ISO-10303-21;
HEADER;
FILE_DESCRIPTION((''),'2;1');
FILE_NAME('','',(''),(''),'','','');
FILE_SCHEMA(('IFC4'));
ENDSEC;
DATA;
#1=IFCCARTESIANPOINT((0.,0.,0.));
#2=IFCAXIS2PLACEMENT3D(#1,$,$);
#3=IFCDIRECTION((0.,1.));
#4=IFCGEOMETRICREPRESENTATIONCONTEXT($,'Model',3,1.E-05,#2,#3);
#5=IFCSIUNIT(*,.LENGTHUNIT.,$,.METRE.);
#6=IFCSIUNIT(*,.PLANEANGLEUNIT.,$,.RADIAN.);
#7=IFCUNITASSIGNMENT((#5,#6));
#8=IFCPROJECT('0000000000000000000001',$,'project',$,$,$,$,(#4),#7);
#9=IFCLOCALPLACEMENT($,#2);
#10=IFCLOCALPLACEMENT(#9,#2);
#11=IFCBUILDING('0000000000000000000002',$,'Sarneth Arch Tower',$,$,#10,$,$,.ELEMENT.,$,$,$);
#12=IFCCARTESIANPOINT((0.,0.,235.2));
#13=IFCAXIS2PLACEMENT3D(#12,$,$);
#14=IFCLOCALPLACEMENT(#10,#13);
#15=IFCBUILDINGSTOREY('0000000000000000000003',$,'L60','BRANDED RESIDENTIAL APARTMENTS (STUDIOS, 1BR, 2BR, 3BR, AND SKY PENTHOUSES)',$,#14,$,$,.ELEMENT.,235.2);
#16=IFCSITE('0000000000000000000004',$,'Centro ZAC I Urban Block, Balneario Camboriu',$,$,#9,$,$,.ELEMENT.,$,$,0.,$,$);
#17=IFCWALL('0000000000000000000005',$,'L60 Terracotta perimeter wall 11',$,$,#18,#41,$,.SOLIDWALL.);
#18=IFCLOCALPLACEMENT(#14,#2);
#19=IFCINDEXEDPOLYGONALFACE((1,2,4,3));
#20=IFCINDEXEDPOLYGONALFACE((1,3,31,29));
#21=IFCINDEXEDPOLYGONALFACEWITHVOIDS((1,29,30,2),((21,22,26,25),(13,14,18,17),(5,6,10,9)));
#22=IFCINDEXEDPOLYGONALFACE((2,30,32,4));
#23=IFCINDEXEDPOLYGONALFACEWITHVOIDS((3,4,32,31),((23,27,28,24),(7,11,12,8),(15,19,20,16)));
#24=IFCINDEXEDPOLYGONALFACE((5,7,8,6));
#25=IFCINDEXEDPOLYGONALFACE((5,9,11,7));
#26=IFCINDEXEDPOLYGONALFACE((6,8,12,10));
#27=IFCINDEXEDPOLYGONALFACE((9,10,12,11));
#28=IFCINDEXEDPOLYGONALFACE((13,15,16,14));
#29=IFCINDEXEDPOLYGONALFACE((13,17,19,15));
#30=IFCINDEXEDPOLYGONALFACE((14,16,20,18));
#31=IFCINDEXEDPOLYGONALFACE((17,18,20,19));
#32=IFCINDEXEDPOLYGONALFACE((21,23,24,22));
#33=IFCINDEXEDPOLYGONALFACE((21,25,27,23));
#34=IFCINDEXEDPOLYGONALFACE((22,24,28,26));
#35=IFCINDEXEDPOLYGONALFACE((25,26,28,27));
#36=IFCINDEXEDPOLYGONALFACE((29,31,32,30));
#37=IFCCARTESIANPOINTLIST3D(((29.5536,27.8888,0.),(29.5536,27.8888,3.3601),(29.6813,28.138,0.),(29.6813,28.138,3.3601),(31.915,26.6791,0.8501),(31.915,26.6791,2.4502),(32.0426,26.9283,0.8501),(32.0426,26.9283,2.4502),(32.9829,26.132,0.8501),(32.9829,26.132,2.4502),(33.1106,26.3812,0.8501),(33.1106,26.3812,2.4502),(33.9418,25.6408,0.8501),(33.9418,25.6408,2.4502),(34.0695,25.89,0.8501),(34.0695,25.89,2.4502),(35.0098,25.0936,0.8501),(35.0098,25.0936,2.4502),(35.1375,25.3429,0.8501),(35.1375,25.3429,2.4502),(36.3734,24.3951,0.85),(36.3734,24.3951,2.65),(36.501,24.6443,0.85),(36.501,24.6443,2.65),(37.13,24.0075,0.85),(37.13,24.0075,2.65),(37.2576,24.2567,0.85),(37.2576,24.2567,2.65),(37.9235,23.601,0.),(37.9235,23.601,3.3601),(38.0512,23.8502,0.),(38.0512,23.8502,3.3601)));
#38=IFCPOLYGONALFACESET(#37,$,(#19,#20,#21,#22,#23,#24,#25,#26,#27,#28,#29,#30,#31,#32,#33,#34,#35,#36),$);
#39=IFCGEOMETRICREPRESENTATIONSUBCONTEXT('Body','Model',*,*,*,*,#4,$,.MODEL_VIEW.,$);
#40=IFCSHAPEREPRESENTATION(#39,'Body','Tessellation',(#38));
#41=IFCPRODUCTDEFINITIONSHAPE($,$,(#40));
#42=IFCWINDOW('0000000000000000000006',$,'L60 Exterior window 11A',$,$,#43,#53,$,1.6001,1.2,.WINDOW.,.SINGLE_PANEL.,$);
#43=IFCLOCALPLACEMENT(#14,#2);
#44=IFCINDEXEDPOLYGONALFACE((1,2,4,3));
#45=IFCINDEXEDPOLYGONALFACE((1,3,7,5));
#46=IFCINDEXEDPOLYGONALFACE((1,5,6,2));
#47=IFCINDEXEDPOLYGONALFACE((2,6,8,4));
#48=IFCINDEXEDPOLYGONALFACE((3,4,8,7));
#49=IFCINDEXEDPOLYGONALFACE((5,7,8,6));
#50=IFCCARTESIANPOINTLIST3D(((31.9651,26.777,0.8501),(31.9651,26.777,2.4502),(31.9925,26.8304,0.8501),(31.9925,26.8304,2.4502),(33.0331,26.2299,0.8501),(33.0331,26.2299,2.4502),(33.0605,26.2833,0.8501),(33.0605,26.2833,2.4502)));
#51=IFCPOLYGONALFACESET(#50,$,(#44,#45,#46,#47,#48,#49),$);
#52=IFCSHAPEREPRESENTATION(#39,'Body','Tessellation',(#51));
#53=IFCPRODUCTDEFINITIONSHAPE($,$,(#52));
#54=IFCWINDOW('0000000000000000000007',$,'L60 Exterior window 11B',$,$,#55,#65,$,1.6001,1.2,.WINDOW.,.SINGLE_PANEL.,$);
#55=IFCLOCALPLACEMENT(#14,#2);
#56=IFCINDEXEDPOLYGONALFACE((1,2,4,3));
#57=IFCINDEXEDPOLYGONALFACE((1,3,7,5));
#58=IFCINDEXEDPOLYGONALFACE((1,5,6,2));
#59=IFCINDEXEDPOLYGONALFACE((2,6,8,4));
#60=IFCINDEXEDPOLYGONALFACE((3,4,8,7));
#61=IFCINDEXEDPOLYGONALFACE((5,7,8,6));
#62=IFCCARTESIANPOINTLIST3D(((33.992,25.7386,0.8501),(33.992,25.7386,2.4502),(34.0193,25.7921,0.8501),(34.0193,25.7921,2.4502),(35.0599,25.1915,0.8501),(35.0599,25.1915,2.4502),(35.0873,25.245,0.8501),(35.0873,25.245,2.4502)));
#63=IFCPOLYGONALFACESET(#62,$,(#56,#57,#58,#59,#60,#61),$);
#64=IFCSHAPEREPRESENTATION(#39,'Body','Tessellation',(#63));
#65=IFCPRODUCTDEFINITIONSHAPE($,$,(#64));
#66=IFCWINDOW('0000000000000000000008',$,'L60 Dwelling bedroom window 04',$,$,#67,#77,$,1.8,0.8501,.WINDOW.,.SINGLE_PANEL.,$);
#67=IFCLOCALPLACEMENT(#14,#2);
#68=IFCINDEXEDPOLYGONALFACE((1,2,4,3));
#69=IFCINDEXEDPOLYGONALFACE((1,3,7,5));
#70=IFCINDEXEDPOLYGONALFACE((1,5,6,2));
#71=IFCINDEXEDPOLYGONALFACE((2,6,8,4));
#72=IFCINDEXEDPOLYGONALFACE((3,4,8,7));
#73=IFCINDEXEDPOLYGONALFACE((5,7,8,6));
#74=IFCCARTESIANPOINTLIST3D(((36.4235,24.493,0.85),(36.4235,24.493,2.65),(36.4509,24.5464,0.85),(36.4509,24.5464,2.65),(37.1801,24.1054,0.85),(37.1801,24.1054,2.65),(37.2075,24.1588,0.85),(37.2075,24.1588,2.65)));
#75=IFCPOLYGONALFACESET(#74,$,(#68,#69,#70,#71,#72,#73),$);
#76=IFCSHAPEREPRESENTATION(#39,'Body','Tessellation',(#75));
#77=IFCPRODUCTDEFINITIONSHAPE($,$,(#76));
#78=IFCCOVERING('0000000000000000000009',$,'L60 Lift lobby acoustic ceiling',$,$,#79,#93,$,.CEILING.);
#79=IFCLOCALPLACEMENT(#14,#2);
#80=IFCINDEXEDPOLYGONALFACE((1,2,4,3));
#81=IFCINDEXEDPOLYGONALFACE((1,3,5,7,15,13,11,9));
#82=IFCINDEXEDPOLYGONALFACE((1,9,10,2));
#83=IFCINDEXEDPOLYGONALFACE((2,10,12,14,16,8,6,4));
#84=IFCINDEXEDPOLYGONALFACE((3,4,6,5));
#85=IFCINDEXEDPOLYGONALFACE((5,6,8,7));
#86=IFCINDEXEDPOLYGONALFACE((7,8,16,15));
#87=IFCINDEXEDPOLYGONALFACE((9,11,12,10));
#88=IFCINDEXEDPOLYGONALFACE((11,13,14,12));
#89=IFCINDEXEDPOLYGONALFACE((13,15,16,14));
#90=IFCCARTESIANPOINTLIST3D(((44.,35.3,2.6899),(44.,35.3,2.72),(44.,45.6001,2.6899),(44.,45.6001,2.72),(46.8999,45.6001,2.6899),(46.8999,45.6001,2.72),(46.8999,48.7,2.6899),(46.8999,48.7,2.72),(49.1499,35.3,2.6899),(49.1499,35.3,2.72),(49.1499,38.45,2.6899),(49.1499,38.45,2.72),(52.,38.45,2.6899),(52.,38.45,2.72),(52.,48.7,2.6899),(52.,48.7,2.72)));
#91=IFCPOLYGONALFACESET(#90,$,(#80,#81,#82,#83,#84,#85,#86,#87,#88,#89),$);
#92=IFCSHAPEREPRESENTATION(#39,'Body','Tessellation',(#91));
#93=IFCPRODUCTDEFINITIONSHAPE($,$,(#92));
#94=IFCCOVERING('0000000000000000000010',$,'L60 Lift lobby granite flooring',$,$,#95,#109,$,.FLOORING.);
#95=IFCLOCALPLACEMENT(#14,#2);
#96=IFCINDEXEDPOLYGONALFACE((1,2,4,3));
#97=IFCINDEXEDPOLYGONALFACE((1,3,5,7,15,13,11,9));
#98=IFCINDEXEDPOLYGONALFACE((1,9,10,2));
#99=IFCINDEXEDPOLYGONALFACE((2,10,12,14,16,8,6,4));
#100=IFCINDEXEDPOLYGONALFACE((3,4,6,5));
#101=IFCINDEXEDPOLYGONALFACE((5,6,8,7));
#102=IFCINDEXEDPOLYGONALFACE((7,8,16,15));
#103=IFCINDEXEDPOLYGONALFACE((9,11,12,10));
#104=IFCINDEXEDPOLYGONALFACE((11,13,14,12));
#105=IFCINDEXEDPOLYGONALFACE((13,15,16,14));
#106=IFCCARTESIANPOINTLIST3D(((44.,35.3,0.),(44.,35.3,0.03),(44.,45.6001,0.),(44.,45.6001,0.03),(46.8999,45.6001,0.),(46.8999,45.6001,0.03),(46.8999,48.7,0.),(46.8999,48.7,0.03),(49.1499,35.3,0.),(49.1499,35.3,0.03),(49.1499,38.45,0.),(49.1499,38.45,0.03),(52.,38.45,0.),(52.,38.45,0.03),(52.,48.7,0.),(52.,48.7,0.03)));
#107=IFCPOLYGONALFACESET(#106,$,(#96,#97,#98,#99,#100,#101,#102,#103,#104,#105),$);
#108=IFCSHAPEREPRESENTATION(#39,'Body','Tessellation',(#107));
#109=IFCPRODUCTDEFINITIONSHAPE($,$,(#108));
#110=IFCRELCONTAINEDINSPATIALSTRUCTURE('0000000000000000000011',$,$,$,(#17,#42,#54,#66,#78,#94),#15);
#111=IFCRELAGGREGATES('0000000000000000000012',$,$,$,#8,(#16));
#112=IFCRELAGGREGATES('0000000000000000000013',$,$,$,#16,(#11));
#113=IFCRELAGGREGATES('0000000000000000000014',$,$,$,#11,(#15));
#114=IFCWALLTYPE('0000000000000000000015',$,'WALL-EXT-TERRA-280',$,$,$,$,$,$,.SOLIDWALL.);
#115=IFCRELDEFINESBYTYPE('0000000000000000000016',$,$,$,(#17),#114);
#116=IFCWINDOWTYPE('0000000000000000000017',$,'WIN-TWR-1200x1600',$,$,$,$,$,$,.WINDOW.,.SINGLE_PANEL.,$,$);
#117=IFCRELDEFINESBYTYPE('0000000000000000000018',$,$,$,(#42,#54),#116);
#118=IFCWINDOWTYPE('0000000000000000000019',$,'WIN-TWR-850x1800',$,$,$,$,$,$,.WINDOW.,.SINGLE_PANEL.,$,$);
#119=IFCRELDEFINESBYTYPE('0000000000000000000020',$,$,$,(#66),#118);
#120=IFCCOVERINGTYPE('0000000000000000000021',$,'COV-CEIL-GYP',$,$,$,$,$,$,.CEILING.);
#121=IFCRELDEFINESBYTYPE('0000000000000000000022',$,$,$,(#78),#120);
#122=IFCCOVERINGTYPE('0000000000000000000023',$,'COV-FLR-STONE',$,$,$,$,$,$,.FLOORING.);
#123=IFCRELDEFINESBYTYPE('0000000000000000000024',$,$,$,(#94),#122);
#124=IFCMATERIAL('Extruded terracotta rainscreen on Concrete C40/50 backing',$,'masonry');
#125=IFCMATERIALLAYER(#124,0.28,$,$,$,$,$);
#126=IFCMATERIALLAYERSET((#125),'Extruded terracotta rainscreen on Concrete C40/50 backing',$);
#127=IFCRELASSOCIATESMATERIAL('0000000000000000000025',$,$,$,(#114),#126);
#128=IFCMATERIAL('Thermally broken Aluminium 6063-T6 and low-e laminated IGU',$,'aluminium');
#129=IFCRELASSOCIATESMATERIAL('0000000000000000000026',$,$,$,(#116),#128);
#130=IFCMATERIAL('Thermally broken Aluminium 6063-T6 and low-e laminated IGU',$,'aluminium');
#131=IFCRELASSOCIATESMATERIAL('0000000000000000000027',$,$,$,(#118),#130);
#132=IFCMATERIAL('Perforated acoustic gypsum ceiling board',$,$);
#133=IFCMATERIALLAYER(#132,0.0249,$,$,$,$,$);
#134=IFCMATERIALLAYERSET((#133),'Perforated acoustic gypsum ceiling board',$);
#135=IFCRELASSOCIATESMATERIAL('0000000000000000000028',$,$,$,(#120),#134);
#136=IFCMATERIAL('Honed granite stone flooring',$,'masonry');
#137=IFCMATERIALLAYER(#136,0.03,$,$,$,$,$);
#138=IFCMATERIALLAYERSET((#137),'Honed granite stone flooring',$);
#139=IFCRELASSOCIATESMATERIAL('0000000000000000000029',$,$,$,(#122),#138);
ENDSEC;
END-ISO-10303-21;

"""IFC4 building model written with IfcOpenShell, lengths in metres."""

from ifc_helpers import new_model, si_unit, direction, frame, frame_2d, origin, place, context, subcontext, project, spatial, polyline, rectangle, outline, extrude, material, layer, layer_set, type_object, element, fill, save


model = new_model("IFC4")

# Units and contexts
model_context = context("Model", 3, precision=1e-05, world=origin(), true_north=direction((0.0, 1.0)))
body_context = subcontext(model_context, "Body", "Model", "MODEL_VIEW")
ifc_project = project(units=[si_unit("LENGTHUNIT", "METRE"), si_unit("PLANEANGLEUNIT", "RADIAN")], contexts=[model_context])

# Site, building, storey
site_placement = place(None, origin())
site = spatial("IfcSite", under=ifc_project, at=site_placement, Name="Centro ZAC I Urban Block, Balneario Camboriu", CompositionType="ELEMENT", RefElevation=0.0)
building_placement = place(site_placement, origin())
building = spatial("IfcBuilding", under=site, at=building_placement, Name="Sarneth Arch Tower", CompositionType="ELEMENT")
storey_placement = place(building_placement, frame((0.0, 0.0, 235.2)))
storey = spatial("IfcBuildingStorey", under=building, at=storey_placement, Name="L60", Description="BRANDED RESIDENTIAL APARTMENTS (STUDIOS, 1BR, 2BR, 3BR, AND SKY PENTHOUSES)", CompositionType="ELEMENT", Elevation=235.2)

# Wall, openings, windows
ifc_material_1 = material(Name="Extruded terracotta rainscreen on Concrete C40/50 backing", Category="masonry")
ifc_layer_1 = layer(ifc_material_1, 0.28)
ifc_layer_set_1 = layer_set([ifc_layer_1], Name="Extruded terracotta rainscreen on Concrete C40/50 backing")
wall_type = type_object("IfcWallType", Name="WALL-EXT-TERRA-280", PredefinedType="SOLIDWALL", material=ifc_layer_set_1)
wall_placement = place(storey_placement, frame((29.6174, 28.0134, 0.0), z_axis=(0.0, 0.0, 1.0), x_axis=(0.890007, -0.455946, 0.0)))
wall = element("IfcWall", 1, at=wall_placement, inside=storey, type_object=wall_type, Name="L60 Terracotta perimeter wall 11", PredefinedType="SOLIDWALL", context=body_context, shape_type="SweptSolid", body=[
    extrude(rectangle(XDim=9.4043, YDim=0.28, at=frame_2d((4.7021, 0.0))), origin(), (0.0, 0.0, 1.0), 3.3601),
])
opening_1_placement = place(wall_placement, frame((2.6531, 0.0, 0.8501)))
opening_1 = element("IfcOpeningElement", 2, at=opening_1_placement, cuts=wall, PredefinedType="OPENING", context=body_context, shape_type="SweptSolid", body=[
    extrude(rectangle(XDim=1.2, YDim=1.6001, at=frame_2d((0.6001, 0.8))), frame((0.0, 0.1499, 0.0), z_axis=(0.0, -1.0, 0.0), x_axis=(1.0, 0.0, 0.0)), (0.0, 0.0, 1.0), 0.3),
])
opening_2_placement = place(wall_placement, frame((4.9304, 0.0, 0.8501)))
opening_2 = element("IfcOpeningElement", 3, at=opening_2_placement, cuts=wall, PredefinedType="OPENING", context=body_context, shape_type="SweptSolid", body=[
    extrude(rectangle(XDim=1.2, YDim=1.6001, at=frame_2d((0.6001, 0.8))), frame((0.0, 0.1499, 0.0), z_axis=(0.0, -1.0, 0.0), x_axis=(1.0, 0.0, 0.0)), (0.0, 0.0, 1.0), 0.3),
])
opening_3_placement = place(wall_placement, frame((7.6626, 0.0, 0.8501)))
opening_3 = element("IfcOpeningElement", 4, at=opening_3_placement, cuts=wall, PredefinedType="OPENING", context=body_context, shape_type="SweptSolid", body=[
    extrude(rectangle(XDim=0.8501, YDim=1.8, at=frame_2d((0.425, 0.8999))), frame((0.0, 0.1499, 0.0), z_axis=(0.0, -1.0, 0.0), x_axis=(1.0, 0.0, 0.0)), (0.0, 0.0, 1.0), 0.3),
])
ifc_material_2 = material(Name="Thermally broken Aluminium 6063-T6 and low-e laminated IGU", Category="aluminium")
window_type_1 = type_object("IfcWindowType", Name="WIN-TWR-1200x1600", PartitioningType="SINGLE_PANEL", PredefinedType="WINDOW", material=ifc_material_2)
window_1_placement = place(opening_1_placement, origin())
window_1 = element("IfcWindow", 5, at=window_1_placement, inside=storey, type_object=window_type_1, Name="L60 Exterior window 11A", OverallHeight=1.6001, OverallWidth=1.2, PartitioningType="SINGLE_PANEL", PredefinedType="WINDOW", context=body_context, shape_type="SweptSolid", body=[
    extrude(rectangle(XDim=1.2, YDim=1.6001, at=frame_2d((0.6001, 0.8))), frame((0.0, 0.03, 0.0), z_axis=(0.0, -1.0, 0.0), x_axis=(1.0, 0.0, 0.0)), (0.0, 0.0, 1.0), 0.0601),
])
fill(opening_1, window_1)
window_2_placement = place(opening_2_placement, origin())
window_2 = element("IfcWindow", 6, at=window_2_placement, inside=storey, type_object=window_type_1, Name="L60 Exterior window 11B", OverallHeight=1.6001, OverallWidth=1.2, PartitioningType="SINGLE_PANEL", PredefinedType="WINDOW", context=body_context, shape_type="SweptSolid", body=[
    extrude(rectangle(XDim=1.2, YDim=1.6001, at=frame_2d((0.6001, 0.8))), frame((0.0, 0.03, 0.0), z_axis=(0.0, -1.0, 0.0), x_axis=(1.0, 0.0, 0.0)), (0.0, 0.0, 1.0), 0.0601),
])
fill(opening_2, window_2)
ifc_material_3 = material(Name="Thermally broken Aluminium 6063-T6 and low-e laminated IGU", Category="aluminium")
window_type_2 = type_object("IfcWindowType", Name="WIN-TWR-850x1800", PartitioningType="SINGLE_PANEL", PredefinedType="WINDOW", material=ifc_material_3)
window_3_placement = place(opening_3_placement, origin())
window_3 = element("IfcWindow", 7, at=window_3_placement, inside=storey, type_object=window_type_2, Name="L60 Dwelling bedroom window 04", OverallHeight=1.8, OverallWidth=0.8501, PartitioningType="SINGLE_PANEL", PredefinedType="WINDOW", context=body_context, shape_type="SweptSolid", body=[
    extrude(rectangle(XDim=0.8501, YDim=1.8, at=frame_2d((0.425, 0.8999))), frame((0.0, 0.03, 0.0), z_axis=(0.0, -1.0, 0.0), x_axis=(1.0, 0.0, 0.0)), (0.0, 0.0, 1.0), 0.0601),
])
fill(opening_3, window_3)

# Coverings
ifc_material_4 = material(Name="Perforated acoustic gypsum ceiling board")
ifc_layer_2 = layer(ifc_material_4, 0.0249)
ifc_layer_set_2 = layer_set([ifc_layer_2], Name="Perforated acoustic gypsum ceiling board")
covering_type_1 = type_object("IfcCoveringType", Name="COV-CEIL-GYP", PredefinedType="CEILING", material=ifc_layer_set_2)
covering_1_placement = place(storey_placement, frame((0.0, 0.0, 2.6899)))
element("IfcCovering", 8, at=covering_1_placement, inside=storey, type_object=covering_type_1, Name="L60 Lift lobby acoustic ceiling", PredefinedType="CEILING", context=body_context, shape_type="SweptSolid", body=[
    extrude(outline(polyline([(49.1499, 38.45), (49.1499, 35.3), (44.0, 35.3), (44.0, 45.6001), (46.8999, 45.6001), (46.8999, 48.7), (52.0, 48.7), (52.0, 38.45), (49.1499, 38.45)])), origin(), (0.0, 0.0, 1.0), 0.03),
])
ifc_material_5 = material(Name="Honed granite stone flooring", Category="masonry")
ifc_layer_3 = layer(ifc_material_5, 0.03)
ifc_layer_set_3 = layer_set([ifc_layer_3], Name="Honed granite stone flooring")
covering_type_2 = type_object("IfcCoveringType", Name="COV-FLR-STONE", PredefinedType="FLOORING", material=ifc_layer_set_3)
covering_2_placement = place(storey_placement, origin())
element("IfcCovering", 9, at=covering_2_placement, inside=storey, type_object=covering_type_2, Name="L60 Lift lobby granite flooring", PredefinedType="FLOORING", context=body_context, shape_type="SweptSolid", body=[
    extrude(outline(polyline([(49.1499, 38.45), (49.1499, 35.3), (44.0, 35.3), (44.0, 45.6001), (46.8999, 45.6001), (46.8999, 48.7), (52.0, 48.7), (52.0, 38.45), (49.1499, 38.45)])), origin(), (0.0, 0.0, 1.0), 0.03),
])

save(model, "model.ifc")
